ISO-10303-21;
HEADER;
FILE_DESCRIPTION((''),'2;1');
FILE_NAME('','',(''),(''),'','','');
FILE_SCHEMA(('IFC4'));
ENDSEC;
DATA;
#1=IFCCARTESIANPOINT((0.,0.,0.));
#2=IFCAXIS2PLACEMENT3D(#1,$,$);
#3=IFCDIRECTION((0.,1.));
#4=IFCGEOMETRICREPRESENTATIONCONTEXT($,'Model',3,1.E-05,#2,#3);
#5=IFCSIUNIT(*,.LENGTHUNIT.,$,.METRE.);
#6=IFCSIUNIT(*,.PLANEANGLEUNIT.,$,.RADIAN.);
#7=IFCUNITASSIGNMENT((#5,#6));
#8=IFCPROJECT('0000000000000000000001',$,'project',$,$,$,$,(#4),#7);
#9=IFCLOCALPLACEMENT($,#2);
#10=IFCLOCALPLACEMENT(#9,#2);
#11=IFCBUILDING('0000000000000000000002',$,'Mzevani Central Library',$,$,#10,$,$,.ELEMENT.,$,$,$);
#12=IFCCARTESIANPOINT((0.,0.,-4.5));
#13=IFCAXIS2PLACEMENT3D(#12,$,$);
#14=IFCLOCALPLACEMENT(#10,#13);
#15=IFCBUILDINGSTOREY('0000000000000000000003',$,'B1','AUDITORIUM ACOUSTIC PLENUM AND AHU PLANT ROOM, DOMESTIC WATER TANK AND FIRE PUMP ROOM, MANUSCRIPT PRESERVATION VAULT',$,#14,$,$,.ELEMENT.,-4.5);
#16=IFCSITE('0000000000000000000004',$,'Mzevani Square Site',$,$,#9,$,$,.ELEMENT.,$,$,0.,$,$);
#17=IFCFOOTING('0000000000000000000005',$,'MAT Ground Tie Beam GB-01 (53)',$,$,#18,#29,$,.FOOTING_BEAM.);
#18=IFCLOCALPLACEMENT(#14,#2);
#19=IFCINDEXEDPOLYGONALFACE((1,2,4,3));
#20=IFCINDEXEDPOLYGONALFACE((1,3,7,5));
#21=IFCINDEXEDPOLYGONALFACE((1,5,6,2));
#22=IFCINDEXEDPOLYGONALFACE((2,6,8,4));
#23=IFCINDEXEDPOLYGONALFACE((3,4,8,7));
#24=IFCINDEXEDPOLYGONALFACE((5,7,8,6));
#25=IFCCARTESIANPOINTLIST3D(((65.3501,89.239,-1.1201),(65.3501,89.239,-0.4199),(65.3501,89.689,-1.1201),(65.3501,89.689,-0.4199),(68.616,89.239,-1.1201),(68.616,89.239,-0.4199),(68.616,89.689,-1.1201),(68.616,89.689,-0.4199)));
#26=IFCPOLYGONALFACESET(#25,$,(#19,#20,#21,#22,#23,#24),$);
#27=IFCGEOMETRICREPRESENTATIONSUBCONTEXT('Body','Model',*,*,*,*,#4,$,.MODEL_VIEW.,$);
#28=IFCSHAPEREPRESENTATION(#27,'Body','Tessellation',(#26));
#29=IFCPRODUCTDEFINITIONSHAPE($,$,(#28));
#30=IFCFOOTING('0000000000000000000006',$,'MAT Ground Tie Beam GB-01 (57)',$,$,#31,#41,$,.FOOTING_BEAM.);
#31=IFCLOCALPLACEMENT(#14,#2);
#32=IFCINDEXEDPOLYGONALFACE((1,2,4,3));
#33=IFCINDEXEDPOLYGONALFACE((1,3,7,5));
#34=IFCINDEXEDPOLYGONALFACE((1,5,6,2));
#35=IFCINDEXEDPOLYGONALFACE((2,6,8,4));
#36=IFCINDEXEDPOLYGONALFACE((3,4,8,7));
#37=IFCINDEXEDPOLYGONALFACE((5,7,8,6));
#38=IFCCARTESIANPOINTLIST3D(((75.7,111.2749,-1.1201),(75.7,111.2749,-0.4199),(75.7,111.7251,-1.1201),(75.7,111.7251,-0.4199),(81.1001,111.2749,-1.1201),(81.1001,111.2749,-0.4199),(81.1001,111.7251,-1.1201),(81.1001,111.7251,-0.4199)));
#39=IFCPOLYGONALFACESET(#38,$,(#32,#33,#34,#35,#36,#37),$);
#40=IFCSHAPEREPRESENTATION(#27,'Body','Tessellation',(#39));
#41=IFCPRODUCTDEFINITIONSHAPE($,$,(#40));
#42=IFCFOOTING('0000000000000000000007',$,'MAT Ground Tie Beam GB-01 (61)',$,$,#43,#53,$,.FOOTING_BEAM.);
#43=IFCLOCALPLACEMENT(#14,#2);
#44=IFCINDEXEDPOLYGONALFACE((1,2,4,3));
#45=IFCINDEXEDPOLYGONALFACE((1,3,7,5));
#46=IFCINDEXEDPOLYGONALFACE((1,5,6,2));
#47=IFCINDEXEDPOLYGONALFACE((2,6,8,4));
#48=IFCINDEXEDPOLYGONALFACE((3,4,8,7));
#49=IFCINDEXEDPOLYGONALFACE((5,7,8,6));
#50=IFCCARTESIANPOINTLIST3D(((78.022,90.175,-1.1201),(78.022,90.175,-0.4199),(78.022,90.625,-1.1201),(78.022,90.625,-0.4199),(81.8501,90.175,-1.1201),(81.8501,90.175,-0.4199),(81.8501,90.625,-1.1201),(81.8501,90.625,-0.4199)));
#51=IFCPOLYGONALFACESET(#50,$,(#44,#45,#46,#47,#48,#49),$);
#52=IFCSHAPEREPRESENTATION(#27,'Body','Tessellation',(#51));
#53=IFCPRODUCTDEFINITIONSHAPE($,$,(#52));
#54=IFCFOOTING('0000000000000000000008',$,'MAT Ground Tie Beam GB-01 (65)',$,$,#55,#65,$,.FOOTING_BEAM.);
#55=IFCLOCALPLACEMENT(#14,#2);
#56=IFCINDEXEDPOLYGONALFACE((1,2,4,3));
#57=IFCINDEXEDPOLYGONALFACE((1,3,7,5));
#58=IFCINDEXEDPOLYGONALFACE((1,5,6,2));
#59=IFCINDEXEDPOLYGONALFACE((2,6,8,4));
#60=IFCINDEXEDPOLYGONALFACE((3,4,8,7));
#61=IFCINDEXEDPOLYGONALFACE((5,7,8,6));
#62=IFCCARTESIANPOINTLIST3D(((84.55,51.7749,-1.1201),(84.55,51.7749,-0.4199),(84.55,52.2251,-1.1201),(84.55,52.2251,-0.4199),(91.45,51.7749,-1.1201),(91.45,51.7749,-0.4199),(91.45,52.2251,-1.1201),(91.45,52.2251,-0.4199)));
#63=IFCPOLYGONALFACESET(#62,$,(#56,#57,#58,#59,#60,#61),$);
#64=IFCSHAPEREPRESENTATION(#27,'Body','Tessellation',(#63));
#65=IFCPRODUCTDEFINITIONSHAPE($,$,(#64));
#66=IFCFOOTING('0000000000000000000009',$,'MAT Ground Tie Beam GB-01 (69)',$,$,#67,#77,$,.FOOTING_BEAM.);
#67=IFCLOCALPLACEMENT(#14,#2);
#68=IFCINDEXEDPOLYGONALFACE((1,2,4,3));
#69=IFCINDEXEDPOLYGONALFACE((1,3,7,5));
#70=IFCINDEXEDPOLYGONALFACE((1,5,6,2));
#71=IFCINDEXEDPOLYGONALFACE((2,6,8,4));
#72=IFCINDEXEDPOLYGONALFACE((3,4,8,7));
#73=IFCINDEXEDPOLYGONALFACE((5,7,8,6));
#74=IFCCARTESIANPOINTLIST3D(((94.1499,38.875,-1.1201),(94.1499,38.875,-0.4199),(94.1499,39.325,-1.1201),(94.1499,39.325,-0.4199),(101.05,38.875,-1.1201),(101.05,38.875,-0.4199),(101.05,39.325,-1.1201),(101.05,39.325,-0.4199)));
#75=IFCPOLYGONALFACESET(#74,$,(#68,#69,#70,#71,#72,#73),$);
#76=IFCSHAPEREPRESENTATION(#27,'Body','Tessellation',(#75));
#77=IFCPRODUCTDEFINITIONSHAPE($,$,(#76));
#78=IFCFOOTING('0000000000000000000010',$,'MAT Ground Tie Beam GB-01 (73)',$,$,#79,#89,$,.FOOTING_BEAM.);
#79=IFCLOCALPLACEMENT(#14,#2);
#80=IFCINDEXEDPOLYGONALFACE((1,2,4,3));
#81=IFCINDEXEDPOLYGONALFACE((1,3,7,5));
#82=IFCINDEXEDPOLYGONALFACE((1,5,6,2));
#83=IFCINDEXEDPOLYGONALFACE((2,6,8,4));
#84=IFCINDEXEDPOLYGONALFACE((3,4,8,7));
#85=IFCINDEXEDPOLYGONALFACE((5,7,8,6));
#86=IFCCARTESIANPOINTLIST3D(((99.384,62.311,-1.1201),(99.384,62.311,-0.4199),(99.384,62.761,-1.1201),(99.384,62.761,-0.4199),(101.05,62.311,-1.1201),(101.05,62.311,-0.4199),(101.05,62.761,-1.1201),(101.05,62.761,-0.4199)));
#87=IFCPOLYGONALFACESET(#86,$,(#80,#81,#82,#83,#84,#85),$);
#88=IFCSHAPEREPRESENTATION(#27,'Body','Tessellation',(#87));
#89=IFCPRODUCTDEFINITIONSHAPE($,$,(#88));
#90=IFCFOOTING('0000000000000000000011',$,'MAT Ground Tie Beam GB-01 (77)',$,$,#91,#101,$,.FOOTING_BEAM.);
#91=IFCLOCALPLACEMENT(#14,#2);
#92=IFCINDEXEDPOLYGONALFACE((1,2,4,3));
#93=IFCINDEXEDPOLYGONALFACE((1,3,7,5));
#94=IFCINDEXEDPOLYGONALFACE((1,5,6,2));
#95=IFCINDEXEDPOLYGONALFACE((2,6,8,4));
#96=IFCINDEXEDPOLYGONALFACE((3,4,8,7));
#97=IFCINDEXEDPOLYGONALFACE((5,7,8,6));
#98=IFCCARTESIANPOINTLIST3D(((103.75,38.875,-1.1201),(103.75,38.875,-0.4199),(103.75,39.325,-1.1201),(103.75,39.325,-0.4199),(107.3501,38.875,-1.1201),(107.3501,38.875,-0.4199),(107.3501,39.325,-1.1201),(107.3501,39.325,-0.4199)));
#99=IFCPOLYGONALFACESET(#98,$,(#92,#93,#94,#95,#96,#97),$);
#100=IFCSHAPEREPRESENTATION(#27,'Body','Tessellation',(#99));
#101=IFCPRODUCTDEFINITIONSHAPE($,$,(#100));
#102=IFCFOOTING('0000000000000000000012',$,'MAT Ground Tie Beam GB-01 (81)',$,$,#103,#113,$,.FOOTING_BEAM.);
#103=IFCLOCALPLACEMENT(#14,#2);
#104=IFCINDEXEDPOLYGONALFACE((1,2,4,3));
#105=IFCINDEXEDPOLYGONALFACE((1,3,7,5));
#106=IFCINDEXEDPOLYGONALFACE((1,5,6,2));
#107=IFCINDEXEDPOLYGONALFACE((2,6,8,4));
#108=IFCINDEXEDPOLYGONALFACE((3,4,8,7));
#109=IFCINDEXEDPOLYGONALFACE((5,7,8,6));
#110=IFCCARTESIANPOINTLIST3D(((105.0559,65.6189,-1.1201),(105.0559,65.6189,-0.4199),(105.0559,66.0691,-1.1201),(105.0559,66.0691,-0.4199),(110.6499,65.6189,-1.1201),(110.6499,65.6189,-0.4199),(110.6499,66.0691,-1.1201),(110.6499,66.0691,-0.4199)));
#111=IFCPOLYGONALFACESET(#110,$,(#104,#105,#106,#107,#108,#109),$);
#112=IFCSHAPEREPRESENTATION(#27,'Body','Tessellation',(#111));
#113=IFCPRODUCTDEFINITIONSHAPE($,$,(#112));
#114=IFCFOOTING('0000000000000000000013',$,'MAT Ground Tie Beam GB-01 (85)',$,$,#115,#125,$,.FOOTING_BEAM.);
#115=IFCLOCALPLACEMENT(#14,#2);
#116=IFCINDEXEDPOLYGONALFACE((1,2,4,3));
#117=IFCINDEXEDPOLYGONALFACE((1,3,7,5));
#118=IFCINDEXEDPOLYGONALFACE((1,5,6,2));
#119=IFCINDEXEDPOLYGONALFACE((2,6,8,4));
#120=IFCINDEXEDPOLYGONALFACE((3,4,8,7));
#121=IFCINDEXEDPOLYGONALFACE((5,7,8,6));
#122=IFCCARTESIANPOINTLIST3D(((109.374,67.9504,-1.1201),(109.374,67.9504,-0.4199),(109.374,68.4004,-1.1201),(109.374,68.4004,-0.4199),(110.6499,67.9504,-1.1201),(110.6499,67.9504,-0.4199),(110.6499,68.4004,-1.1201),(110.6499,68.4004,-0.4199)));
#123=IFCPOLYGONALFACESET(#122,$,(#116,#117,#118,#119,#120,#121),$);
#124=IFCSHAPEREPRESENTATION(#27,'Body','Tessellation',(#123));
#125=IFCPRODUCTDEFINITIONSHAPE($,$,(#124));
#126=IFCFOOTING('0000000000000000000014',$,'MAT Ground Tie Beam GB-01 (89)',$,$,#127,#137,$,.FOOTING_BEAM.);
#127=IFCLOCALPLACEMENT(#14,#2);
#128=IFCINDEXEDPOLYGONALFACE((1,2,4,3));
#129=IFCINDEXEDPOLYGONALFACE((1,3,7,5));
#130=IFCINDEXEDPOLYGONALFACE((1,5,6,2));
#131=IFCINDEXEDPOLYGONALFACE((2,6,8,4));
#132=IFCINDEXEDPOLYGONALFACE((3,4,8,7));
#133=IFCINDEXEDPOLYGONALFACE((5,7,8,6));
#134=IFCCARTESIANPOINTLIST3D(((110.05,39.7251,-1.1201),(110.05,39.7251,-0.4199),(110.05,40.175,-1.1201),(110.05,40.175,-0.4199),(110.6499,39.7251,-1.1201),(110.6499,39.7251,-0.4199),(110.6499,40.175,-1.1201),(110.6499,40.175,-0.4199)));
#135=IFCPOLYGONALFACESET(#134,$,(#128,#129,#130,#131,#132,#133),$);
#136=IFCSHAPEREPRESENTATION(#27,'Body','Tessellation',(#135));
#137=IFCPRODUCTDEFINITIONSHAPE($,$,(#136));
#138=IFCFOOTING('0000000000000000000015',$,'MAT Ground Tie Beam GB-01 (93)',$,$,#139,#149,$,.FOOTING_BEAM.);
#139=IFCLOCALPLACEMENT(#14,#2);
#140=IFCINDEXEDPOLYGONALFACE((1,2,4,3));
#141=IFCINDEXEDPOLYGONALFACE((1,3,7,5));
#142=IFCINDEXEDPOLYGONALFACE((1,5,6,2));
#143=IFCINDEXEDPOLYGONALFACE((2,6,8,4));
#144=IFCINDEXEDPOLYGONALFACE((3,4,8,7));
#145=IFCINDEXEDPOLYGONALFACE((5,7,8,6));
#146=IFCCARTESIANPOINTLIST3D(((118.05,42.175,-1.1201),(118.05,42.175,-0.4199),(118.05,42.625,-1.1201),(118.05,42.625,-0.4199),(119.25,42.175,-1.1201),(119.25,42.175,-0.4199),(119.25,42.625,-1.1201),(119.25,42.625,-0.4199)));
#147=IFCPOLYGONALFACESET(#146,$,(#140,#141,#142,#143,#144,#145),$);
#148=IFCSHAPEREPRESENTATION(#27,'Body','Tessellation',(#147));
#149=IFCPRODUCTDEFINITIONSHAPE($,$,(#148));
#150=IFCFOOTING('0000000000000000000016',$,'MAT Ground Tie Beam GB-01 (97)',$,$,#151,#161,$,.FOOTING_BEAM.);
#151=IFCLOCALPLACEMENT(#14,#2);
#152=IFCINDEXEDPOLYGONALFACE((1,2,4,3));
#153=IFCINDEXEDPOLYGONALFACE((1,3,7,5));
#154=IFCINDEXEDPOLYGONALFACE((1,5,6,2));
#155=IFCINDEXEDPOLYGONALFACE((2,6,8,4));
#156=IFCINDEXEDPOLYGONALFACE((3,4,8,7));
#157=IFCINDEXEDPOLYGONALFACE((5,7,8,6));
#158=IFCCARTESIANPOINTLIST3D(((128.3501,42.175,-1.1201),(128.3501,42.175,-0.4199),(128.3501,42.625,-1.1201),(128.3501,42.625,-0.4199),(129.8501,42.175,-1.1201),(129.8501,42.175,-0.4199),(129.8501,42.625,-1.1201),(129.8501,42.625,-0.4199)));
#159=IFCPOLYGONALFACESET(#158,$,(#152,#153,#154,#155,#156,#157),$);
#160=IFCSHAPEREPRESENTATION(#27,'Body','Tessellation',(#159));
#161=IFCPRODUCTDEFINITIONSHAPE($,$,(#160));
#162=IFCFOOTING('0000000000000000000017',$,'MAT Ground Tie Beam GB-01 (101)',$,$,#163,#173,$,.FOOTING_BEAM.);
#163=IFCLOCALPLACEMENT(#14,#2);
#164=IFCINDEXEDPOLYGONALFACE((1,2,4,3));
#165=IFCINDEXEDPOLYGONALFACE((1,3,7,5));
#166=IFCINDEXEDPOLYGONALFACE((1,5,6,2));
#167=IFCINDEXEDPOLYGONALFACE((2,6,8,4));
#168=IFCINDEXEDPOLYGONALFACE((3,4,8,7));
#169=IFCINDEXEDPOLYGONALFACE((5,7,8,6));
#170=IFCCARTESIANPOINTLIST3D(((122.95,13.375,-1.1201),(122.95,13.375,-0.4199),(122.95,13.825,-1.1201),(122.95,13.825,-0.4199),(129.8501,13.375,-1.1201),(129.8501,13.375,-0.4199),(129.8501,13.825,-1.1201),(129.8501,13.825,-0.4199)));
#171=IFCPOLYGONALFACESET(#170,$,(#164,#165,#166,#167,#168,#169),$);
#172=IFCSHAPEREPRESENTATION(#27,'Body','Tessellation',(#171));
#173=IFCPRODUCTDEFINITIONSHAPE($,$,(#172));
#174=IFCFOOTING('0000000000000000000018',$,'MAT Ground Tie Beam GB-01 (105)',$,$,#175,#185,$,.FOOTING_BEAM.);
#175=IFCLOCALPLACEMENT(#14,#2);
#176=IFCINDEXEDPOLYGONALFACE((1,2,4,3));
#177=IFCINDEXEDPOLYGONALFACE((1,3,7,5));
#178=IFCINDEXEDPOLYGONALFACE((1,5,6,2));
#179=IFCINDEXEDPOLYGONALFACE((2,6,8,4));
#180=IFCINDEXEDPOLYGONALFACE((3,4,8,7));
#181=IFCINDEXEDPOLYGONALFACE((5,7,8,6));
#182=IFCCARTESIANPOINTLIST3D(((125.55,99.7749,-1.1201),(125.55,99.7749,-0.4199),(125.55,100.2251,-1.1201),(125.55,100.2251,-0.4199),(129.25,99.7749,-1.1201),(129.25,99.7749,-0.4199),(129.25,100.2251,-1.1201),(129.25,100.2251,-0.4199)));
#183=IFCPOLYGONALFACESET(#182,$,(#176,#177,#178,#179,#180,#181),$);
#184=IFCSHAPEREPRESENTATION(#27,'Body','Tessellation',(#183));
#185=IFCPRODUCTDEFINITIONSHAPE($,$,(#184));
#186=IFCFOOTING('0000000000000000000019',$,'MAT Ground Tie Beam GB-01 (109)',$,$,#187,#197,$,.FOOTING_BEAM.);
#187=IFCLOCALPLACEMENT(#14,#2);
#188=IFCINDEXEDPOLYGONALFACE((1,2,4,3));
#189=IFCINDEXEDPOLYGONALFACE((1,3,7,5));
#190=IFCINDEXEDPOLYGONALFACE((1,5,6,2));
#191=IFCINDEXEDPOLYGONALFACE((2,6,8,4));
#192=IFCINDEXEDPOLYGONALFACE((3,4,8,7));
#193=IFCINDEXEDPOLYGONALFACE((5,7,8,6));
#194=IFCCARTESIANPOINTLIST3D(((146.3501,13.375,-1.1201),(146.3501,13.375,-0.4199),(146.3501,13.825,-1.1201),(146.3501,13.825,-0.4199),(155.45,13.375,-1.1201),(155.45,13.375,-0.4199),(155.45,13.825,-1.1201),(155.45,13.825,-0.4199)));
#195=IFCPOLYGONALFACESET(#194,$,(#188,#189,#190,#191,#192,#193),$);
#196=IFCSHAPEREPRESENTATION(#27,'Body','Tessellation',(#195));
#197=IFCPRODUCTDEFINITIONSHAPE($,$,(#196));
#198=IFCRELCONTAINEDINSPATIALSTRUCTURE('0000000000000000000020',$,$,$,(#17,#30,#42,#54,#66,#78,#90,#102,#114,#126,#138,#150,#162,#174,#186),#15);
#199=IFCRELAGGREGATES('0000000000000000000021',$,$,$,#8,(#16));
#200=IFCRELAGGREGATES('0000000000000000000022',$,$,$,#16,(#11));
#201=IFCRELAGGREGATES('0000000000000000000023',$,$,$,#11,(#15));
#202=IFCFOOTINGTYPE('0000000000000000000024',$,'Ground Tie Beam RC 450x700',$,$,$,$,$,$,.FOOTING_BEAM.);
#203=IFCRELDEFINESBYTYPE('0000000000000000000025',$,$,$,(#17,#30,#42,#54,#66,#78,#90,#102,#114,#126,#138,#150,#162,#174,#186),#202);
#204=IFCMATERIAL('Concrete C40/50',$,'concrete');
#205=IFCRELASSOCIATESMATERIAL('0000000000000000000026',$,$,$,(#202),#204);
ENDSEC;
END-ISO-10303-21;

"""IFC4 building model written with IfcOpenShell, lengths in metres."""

from ifc_helpers import new_model, si_unit, direction, frame, origin, place, context, subcontext, project, spatial, polyline, outline, extrude, material, type_object, element, save


model = new_model("IFC4")

# Units and contexts
model_context = context("Model", 3, precision=1e-05, world=origin(), true_north=direction((0.0, 1.0)))
body_context = subcontext(model_context, "Body", "Model", "MODEL_VIEW")
ifc_project = project(units=[si_unit("LENGTHUNIT", "METRE"), si_unit("PLANEANGLEUNIT", "RADIAN")], contexts=[model_context])

# Site, building, storey
site_placement = place(None, origin())
site = spatial("IfcSite", under=ifc_project, at=site_placement, Name="Mzevani Square Site", CompositionType="ELEMENT", RefElevation=0.0)
building_placement = place(site_placement, origin())
building = spatial("IfcBuilding", under=site, at=building_placement, Name="Mzevani Central Library", CompositionType="ELEMENT")
storey_placement = place(building_placement, frame((0.0, 0.0, -4.5)))
storey = spatial("IfcBuildingStorey", under=building, at=storey_placement, Name="B1", Description="AUDITORIUM ACOUSTIC PLENUM AND AHU PLANT ROOM, DOMESTIC WATER TANK AND FIRE PUMP ROOM, MANUSCRIPT PRESERVATION VAULT", CompositionType="ELEMENT", Elevation=-4.5)

# Footings
ifc_material = material(Name="Concrete C40/50", Category="concrete")
footing_type_1 = type_object("IfcFootingType", Name="Ground Tie Beam RC 450x700", PredefinedType="FOOTING_BEAM", material=ifc_material)
footing_1_placement = place(storey_placement, frame((0.0, 0.0, -1.1201)))
element("IfcFooting", 1, at=footing_1_placement, inside=storey, type_object=footing_type_1, Name="MAT Ground Tie Beam GB-01 (53)", PredefinedType="FOOTING_BEAM", context=body_context, shape_type="SweptSolid", body=[
    extrude(outline(polyline([(65.3501, 89.239), (68.616, 89.239), (68.616, 89.689), (65.3501, 89.689), (65.3501, 89.239)])), origin(), (0.0, 0.0, 1.0), 0.7002),
])
footing_2_placement = place(storey_placement, frame((0.0, 0.0, -1.1201)))
element("IfcFooting", 2, at=footing_2_placement, inside=storey, type_object=footing_type_1, Name="MAT Ground Tie Beam GB-01 (57)", PredefinedType="FOOTING_BEAM", context=body_context, shape_type="SweptSolid", body=[
    extrude(outline(polyline([(75.7, 111.2749), (81.1001, 111.2749), (81.1001, 111.7251), (75.7, 111.7251), (75.7, 111.2749)])), origin(), (0.0, 0.0, 1.0), 0.7002),
])
footing_3_placement = place(storey_placement, frame((0.0, 0.0, -1.1201)))
element("IfcFooting", 3, at=footing_3_placement, inside=storey, type_object=footing_type_1, Name="MAT Ground Tie Beam GB-01 (61)", PredefinedType="FOOTING_BEAM", context=body_context, shape_type="SweptSolid", body=[
    extrude(outline(polyline([(78.022, 90.175), (81.8501, 90.175), (81.8501, 90.625), (78.022, 90.625), (78.022, 90.175)])), origin(), (0.0, 0.0, 1.0), 0.7002),
])
footing_4_placement = place(storey_placement, frame((0.0, 0.0, -1.1201)))
element("IfcFooting", 4, at=footing_4_placement, inside=storey, type_object=footing_type_1, Name="MAT Ground Tie Beam GB-01 (65)", PredefinedType="FOOTING_BEAM", context=body_context, shape_type="SweptSolid", body=[
    extrude(outline(polyline([(84.55, 51.7749), (91.45, 51.7749), (91.45, 52.2251), (84.55, 52.2251), (84.55, 51.7749)])), origin(), (0.0, 0.0, 1.0), 0.7002),
])
footing_5_placement = place(storey_placement, frame((0.0, 0.0, -1.1201)))
element("IfcFooting", 5, at=footing_5_placement, inside=storey, type_object=footing_type_1, Name="MAT Ground Tie Beam GB-01 (69)", PredefinedType="FOOTING_BEAM", context=body_context, shape_type="SweptSolid", body=[
    extrude(outline(polyline([(94.1499, 38.875), (101.05, 38.875), (101.05, 39.325), (94.1499, 39.325), (94.1499, 38.875)])), origin(), (0.0, 0.0, 1.0), 0.7002),
])
footing_6_placement = place(storey_placement, frame((0.0, 0.0, -1.1201)))
element("IfcFooting", 6, at=footing_6_placement, inside=storey, type_object=footing_type_1, Name="MAT Ground Tie Beam GB-01 (73)", PredefinedType="FOOTING_BEAM", context=body_context, shape_type="SweptSolid", body=[
    extrude(outline(polyline([(99.384, 62.311), (101.05, 62.311), (101.05, 62.761), (99.384, 62.761), (99.384, 62.311)])), origin(), (0.0, 0.0, 1.0), 0.7002),
])
footing_7_placement = place(storey_placement, frame((0.0, 0.0, -1.1201)))
element("IfcFooting", 7, at=footing_7_placement, inside=storey, type_object=footing_type_1, Name="MAT Ground Tie Beam GB-01 (77)", PredefinedType="FOOTING_BEAM", context=body_context, shape_type="SweptSolid", body=[
    extrude(outline(polyline([(103.75, 38.875), (107.3501, 38.875), (107.3501, 39.325), (103.75, 39.325), (103.75, 38.875)])), origin(), (0.0, 0.0, 1.0), 0.7002),
])
footing_8_placement = place(storey_placement, frame((0.0, 0.0, -1.1201)))
element("IfcFooting", 8, at=footing_8_placement, inside=storey, type_object=footing_type_1, Name="MAT Ground Tie Beam GB-01 (81)", PredefinedType="FOOTING_BEAM", context=body_context, shape_type="SweptSolid", body=[
    extrude(outline(polyline([(105.0559, 65.6189), (110.6499, 65.6189), (110.6499, 66.0691), (105.0559, 66.0691), (105.0559, 65.6189)])), origin(), (0.0, 0.0, 1.0), 0.7002),
])
footing_9_placement = place(storey_placement, frame((0.0, 0.0, -1.1201)))
element("IfcFooting", 9, at=footing_9_placement, inside=storey, type_object=footing_type_1, Name="MAT Ground Tie Beam GB-01 (85)", PredefinedType="FOOTING_BEAM", context=body_context, shape_type="SweptSolid", body=[
    extrude(outline(polyline([(109.374, 67.9504), (110.6499, 67.9504), (110.6499, 68.4004), (109.374, 68.4004), (109.374, 67.9504)])), origin(), (0.0, 0.0, 1.0), 0.7002),
])
footing_10_placement = place(storey_placement, frame((0.0, 0.0, -1.1201)))
element("IfcFooting", 10, at=footing_10_placement, inside=storey, type_object=footing_type_1, Name="MAT Ground Tie Beam GB-01 (89)", PredefinedType="FOOTING_BEAM", context=body_context, shape_type="SweptSolid", body=[
    extrude(outline(polyline([(110.05, 39.7251), (110.6499, 39.7251), (110.6499, 40.175), (110.05, 40.175), (110.05, 39.7251)])), origin(), (0.0, 0.0, 1.0), 0.7002),
])
footing_11_placement = place(storey_placement, frame((0.0, 0.0, -1.1201)))
element("IfcFooting", 11, at=footing_11_placement, inside=storey, type_object=footing_type_1, Name="MAT Ground Tie Beam GB-01 (93)", PredefinedType="FOOTING_BEAM", context=body_context, shape_type="SweptSolid", body=[
    extrude(outline(polyline([(118.05, 42.175), (119.25, 42.175), (119.25, 42.625), (118.05, 42.625), (118.05, 42.175)])), origin(), (0.0, 0.0, 1.0), 0.7002),
])
footing_12_placement = place(storey_placement, frame((0.0, 0.0, -1.1201)))
element("IfcFooting", 12, at=footing_12_placement, inside=storey, type_object=footing_type_1, Name="MAT Ground Tie Beam GB-01 (97)", PredefinedType="FOOTING_BEAM", context=body_context, shape_type="SweptSolid", body=[
    extrude(outline(polyline([(128.3501, 42.175), (129.8501, 42.175), (129.8501, 42.625), (128.3501, 42.625), (128.3501, 42.175)])), origin(), (0.0, 0.0, 1.0), 0.7002),
])
footing_13_placement = place(storey_placement, frame((0.0, 0.0, -1.1201)))
element("IfcFooting", 13, at=footing_13_placement, inside=storey, type_object=footing_type_1, Name="MAT Ground Tie Beam GB-01 (101)", PredefinedType="FOOTING_BEAM", context=body_context, shape_type="SweptSolid", body=[
    extrude(outline(polyline([(122.95, 13.375), (129.8501, 13.375), (129.8501, 13.825), (122.95, 13.825), (122.95, 13.375)])), origin(), (0.0, 0.0, 1.0), 0.7002),
])
footing_14_placement = place(storey_placement, frame((0.0, 0.0, -1.1201)))
element("IfcFooting", 14, at=footing_14_placement, inside=storey, type_object=footing_type_1, Name="MAT Ground Tie Beam GB-01 (105)", PredefinedType="FOOTING_BEAM", context=body_context, shape_type="SweptSolid", body=[
    extrude(outline(polyline([(125.55, 99.7749), (129.25, 99.7749), (129.25, 100.2251), (125.55, 100.2251), (125.55, 99.7749)])), origin(), (0.0, 0.0, 1.0), 0.7002),
])
footing_15_placement = place(storey_placement, frame((0.0, 0.0, -1.1201)))
element("IfcFooting", 15, at=footing_15_placement, inside=storey, type_object=footing_type_1, Name="MAT Ground Tie Beam GB-01 (109)", PredefinedType="FOOTING_BEAM", context=body_context, shape_type="SweptSolid", body=[
    extrude(outline(polyline([(146.3501, 13.375), (155.45, 13.375), (155.45, 13.825), (146.3501, 13.825), (146.3501, 13.375)])), origin(), (0.0, 0.0, 1.0), 0.7002),
])

save(model, "model.ifc")
